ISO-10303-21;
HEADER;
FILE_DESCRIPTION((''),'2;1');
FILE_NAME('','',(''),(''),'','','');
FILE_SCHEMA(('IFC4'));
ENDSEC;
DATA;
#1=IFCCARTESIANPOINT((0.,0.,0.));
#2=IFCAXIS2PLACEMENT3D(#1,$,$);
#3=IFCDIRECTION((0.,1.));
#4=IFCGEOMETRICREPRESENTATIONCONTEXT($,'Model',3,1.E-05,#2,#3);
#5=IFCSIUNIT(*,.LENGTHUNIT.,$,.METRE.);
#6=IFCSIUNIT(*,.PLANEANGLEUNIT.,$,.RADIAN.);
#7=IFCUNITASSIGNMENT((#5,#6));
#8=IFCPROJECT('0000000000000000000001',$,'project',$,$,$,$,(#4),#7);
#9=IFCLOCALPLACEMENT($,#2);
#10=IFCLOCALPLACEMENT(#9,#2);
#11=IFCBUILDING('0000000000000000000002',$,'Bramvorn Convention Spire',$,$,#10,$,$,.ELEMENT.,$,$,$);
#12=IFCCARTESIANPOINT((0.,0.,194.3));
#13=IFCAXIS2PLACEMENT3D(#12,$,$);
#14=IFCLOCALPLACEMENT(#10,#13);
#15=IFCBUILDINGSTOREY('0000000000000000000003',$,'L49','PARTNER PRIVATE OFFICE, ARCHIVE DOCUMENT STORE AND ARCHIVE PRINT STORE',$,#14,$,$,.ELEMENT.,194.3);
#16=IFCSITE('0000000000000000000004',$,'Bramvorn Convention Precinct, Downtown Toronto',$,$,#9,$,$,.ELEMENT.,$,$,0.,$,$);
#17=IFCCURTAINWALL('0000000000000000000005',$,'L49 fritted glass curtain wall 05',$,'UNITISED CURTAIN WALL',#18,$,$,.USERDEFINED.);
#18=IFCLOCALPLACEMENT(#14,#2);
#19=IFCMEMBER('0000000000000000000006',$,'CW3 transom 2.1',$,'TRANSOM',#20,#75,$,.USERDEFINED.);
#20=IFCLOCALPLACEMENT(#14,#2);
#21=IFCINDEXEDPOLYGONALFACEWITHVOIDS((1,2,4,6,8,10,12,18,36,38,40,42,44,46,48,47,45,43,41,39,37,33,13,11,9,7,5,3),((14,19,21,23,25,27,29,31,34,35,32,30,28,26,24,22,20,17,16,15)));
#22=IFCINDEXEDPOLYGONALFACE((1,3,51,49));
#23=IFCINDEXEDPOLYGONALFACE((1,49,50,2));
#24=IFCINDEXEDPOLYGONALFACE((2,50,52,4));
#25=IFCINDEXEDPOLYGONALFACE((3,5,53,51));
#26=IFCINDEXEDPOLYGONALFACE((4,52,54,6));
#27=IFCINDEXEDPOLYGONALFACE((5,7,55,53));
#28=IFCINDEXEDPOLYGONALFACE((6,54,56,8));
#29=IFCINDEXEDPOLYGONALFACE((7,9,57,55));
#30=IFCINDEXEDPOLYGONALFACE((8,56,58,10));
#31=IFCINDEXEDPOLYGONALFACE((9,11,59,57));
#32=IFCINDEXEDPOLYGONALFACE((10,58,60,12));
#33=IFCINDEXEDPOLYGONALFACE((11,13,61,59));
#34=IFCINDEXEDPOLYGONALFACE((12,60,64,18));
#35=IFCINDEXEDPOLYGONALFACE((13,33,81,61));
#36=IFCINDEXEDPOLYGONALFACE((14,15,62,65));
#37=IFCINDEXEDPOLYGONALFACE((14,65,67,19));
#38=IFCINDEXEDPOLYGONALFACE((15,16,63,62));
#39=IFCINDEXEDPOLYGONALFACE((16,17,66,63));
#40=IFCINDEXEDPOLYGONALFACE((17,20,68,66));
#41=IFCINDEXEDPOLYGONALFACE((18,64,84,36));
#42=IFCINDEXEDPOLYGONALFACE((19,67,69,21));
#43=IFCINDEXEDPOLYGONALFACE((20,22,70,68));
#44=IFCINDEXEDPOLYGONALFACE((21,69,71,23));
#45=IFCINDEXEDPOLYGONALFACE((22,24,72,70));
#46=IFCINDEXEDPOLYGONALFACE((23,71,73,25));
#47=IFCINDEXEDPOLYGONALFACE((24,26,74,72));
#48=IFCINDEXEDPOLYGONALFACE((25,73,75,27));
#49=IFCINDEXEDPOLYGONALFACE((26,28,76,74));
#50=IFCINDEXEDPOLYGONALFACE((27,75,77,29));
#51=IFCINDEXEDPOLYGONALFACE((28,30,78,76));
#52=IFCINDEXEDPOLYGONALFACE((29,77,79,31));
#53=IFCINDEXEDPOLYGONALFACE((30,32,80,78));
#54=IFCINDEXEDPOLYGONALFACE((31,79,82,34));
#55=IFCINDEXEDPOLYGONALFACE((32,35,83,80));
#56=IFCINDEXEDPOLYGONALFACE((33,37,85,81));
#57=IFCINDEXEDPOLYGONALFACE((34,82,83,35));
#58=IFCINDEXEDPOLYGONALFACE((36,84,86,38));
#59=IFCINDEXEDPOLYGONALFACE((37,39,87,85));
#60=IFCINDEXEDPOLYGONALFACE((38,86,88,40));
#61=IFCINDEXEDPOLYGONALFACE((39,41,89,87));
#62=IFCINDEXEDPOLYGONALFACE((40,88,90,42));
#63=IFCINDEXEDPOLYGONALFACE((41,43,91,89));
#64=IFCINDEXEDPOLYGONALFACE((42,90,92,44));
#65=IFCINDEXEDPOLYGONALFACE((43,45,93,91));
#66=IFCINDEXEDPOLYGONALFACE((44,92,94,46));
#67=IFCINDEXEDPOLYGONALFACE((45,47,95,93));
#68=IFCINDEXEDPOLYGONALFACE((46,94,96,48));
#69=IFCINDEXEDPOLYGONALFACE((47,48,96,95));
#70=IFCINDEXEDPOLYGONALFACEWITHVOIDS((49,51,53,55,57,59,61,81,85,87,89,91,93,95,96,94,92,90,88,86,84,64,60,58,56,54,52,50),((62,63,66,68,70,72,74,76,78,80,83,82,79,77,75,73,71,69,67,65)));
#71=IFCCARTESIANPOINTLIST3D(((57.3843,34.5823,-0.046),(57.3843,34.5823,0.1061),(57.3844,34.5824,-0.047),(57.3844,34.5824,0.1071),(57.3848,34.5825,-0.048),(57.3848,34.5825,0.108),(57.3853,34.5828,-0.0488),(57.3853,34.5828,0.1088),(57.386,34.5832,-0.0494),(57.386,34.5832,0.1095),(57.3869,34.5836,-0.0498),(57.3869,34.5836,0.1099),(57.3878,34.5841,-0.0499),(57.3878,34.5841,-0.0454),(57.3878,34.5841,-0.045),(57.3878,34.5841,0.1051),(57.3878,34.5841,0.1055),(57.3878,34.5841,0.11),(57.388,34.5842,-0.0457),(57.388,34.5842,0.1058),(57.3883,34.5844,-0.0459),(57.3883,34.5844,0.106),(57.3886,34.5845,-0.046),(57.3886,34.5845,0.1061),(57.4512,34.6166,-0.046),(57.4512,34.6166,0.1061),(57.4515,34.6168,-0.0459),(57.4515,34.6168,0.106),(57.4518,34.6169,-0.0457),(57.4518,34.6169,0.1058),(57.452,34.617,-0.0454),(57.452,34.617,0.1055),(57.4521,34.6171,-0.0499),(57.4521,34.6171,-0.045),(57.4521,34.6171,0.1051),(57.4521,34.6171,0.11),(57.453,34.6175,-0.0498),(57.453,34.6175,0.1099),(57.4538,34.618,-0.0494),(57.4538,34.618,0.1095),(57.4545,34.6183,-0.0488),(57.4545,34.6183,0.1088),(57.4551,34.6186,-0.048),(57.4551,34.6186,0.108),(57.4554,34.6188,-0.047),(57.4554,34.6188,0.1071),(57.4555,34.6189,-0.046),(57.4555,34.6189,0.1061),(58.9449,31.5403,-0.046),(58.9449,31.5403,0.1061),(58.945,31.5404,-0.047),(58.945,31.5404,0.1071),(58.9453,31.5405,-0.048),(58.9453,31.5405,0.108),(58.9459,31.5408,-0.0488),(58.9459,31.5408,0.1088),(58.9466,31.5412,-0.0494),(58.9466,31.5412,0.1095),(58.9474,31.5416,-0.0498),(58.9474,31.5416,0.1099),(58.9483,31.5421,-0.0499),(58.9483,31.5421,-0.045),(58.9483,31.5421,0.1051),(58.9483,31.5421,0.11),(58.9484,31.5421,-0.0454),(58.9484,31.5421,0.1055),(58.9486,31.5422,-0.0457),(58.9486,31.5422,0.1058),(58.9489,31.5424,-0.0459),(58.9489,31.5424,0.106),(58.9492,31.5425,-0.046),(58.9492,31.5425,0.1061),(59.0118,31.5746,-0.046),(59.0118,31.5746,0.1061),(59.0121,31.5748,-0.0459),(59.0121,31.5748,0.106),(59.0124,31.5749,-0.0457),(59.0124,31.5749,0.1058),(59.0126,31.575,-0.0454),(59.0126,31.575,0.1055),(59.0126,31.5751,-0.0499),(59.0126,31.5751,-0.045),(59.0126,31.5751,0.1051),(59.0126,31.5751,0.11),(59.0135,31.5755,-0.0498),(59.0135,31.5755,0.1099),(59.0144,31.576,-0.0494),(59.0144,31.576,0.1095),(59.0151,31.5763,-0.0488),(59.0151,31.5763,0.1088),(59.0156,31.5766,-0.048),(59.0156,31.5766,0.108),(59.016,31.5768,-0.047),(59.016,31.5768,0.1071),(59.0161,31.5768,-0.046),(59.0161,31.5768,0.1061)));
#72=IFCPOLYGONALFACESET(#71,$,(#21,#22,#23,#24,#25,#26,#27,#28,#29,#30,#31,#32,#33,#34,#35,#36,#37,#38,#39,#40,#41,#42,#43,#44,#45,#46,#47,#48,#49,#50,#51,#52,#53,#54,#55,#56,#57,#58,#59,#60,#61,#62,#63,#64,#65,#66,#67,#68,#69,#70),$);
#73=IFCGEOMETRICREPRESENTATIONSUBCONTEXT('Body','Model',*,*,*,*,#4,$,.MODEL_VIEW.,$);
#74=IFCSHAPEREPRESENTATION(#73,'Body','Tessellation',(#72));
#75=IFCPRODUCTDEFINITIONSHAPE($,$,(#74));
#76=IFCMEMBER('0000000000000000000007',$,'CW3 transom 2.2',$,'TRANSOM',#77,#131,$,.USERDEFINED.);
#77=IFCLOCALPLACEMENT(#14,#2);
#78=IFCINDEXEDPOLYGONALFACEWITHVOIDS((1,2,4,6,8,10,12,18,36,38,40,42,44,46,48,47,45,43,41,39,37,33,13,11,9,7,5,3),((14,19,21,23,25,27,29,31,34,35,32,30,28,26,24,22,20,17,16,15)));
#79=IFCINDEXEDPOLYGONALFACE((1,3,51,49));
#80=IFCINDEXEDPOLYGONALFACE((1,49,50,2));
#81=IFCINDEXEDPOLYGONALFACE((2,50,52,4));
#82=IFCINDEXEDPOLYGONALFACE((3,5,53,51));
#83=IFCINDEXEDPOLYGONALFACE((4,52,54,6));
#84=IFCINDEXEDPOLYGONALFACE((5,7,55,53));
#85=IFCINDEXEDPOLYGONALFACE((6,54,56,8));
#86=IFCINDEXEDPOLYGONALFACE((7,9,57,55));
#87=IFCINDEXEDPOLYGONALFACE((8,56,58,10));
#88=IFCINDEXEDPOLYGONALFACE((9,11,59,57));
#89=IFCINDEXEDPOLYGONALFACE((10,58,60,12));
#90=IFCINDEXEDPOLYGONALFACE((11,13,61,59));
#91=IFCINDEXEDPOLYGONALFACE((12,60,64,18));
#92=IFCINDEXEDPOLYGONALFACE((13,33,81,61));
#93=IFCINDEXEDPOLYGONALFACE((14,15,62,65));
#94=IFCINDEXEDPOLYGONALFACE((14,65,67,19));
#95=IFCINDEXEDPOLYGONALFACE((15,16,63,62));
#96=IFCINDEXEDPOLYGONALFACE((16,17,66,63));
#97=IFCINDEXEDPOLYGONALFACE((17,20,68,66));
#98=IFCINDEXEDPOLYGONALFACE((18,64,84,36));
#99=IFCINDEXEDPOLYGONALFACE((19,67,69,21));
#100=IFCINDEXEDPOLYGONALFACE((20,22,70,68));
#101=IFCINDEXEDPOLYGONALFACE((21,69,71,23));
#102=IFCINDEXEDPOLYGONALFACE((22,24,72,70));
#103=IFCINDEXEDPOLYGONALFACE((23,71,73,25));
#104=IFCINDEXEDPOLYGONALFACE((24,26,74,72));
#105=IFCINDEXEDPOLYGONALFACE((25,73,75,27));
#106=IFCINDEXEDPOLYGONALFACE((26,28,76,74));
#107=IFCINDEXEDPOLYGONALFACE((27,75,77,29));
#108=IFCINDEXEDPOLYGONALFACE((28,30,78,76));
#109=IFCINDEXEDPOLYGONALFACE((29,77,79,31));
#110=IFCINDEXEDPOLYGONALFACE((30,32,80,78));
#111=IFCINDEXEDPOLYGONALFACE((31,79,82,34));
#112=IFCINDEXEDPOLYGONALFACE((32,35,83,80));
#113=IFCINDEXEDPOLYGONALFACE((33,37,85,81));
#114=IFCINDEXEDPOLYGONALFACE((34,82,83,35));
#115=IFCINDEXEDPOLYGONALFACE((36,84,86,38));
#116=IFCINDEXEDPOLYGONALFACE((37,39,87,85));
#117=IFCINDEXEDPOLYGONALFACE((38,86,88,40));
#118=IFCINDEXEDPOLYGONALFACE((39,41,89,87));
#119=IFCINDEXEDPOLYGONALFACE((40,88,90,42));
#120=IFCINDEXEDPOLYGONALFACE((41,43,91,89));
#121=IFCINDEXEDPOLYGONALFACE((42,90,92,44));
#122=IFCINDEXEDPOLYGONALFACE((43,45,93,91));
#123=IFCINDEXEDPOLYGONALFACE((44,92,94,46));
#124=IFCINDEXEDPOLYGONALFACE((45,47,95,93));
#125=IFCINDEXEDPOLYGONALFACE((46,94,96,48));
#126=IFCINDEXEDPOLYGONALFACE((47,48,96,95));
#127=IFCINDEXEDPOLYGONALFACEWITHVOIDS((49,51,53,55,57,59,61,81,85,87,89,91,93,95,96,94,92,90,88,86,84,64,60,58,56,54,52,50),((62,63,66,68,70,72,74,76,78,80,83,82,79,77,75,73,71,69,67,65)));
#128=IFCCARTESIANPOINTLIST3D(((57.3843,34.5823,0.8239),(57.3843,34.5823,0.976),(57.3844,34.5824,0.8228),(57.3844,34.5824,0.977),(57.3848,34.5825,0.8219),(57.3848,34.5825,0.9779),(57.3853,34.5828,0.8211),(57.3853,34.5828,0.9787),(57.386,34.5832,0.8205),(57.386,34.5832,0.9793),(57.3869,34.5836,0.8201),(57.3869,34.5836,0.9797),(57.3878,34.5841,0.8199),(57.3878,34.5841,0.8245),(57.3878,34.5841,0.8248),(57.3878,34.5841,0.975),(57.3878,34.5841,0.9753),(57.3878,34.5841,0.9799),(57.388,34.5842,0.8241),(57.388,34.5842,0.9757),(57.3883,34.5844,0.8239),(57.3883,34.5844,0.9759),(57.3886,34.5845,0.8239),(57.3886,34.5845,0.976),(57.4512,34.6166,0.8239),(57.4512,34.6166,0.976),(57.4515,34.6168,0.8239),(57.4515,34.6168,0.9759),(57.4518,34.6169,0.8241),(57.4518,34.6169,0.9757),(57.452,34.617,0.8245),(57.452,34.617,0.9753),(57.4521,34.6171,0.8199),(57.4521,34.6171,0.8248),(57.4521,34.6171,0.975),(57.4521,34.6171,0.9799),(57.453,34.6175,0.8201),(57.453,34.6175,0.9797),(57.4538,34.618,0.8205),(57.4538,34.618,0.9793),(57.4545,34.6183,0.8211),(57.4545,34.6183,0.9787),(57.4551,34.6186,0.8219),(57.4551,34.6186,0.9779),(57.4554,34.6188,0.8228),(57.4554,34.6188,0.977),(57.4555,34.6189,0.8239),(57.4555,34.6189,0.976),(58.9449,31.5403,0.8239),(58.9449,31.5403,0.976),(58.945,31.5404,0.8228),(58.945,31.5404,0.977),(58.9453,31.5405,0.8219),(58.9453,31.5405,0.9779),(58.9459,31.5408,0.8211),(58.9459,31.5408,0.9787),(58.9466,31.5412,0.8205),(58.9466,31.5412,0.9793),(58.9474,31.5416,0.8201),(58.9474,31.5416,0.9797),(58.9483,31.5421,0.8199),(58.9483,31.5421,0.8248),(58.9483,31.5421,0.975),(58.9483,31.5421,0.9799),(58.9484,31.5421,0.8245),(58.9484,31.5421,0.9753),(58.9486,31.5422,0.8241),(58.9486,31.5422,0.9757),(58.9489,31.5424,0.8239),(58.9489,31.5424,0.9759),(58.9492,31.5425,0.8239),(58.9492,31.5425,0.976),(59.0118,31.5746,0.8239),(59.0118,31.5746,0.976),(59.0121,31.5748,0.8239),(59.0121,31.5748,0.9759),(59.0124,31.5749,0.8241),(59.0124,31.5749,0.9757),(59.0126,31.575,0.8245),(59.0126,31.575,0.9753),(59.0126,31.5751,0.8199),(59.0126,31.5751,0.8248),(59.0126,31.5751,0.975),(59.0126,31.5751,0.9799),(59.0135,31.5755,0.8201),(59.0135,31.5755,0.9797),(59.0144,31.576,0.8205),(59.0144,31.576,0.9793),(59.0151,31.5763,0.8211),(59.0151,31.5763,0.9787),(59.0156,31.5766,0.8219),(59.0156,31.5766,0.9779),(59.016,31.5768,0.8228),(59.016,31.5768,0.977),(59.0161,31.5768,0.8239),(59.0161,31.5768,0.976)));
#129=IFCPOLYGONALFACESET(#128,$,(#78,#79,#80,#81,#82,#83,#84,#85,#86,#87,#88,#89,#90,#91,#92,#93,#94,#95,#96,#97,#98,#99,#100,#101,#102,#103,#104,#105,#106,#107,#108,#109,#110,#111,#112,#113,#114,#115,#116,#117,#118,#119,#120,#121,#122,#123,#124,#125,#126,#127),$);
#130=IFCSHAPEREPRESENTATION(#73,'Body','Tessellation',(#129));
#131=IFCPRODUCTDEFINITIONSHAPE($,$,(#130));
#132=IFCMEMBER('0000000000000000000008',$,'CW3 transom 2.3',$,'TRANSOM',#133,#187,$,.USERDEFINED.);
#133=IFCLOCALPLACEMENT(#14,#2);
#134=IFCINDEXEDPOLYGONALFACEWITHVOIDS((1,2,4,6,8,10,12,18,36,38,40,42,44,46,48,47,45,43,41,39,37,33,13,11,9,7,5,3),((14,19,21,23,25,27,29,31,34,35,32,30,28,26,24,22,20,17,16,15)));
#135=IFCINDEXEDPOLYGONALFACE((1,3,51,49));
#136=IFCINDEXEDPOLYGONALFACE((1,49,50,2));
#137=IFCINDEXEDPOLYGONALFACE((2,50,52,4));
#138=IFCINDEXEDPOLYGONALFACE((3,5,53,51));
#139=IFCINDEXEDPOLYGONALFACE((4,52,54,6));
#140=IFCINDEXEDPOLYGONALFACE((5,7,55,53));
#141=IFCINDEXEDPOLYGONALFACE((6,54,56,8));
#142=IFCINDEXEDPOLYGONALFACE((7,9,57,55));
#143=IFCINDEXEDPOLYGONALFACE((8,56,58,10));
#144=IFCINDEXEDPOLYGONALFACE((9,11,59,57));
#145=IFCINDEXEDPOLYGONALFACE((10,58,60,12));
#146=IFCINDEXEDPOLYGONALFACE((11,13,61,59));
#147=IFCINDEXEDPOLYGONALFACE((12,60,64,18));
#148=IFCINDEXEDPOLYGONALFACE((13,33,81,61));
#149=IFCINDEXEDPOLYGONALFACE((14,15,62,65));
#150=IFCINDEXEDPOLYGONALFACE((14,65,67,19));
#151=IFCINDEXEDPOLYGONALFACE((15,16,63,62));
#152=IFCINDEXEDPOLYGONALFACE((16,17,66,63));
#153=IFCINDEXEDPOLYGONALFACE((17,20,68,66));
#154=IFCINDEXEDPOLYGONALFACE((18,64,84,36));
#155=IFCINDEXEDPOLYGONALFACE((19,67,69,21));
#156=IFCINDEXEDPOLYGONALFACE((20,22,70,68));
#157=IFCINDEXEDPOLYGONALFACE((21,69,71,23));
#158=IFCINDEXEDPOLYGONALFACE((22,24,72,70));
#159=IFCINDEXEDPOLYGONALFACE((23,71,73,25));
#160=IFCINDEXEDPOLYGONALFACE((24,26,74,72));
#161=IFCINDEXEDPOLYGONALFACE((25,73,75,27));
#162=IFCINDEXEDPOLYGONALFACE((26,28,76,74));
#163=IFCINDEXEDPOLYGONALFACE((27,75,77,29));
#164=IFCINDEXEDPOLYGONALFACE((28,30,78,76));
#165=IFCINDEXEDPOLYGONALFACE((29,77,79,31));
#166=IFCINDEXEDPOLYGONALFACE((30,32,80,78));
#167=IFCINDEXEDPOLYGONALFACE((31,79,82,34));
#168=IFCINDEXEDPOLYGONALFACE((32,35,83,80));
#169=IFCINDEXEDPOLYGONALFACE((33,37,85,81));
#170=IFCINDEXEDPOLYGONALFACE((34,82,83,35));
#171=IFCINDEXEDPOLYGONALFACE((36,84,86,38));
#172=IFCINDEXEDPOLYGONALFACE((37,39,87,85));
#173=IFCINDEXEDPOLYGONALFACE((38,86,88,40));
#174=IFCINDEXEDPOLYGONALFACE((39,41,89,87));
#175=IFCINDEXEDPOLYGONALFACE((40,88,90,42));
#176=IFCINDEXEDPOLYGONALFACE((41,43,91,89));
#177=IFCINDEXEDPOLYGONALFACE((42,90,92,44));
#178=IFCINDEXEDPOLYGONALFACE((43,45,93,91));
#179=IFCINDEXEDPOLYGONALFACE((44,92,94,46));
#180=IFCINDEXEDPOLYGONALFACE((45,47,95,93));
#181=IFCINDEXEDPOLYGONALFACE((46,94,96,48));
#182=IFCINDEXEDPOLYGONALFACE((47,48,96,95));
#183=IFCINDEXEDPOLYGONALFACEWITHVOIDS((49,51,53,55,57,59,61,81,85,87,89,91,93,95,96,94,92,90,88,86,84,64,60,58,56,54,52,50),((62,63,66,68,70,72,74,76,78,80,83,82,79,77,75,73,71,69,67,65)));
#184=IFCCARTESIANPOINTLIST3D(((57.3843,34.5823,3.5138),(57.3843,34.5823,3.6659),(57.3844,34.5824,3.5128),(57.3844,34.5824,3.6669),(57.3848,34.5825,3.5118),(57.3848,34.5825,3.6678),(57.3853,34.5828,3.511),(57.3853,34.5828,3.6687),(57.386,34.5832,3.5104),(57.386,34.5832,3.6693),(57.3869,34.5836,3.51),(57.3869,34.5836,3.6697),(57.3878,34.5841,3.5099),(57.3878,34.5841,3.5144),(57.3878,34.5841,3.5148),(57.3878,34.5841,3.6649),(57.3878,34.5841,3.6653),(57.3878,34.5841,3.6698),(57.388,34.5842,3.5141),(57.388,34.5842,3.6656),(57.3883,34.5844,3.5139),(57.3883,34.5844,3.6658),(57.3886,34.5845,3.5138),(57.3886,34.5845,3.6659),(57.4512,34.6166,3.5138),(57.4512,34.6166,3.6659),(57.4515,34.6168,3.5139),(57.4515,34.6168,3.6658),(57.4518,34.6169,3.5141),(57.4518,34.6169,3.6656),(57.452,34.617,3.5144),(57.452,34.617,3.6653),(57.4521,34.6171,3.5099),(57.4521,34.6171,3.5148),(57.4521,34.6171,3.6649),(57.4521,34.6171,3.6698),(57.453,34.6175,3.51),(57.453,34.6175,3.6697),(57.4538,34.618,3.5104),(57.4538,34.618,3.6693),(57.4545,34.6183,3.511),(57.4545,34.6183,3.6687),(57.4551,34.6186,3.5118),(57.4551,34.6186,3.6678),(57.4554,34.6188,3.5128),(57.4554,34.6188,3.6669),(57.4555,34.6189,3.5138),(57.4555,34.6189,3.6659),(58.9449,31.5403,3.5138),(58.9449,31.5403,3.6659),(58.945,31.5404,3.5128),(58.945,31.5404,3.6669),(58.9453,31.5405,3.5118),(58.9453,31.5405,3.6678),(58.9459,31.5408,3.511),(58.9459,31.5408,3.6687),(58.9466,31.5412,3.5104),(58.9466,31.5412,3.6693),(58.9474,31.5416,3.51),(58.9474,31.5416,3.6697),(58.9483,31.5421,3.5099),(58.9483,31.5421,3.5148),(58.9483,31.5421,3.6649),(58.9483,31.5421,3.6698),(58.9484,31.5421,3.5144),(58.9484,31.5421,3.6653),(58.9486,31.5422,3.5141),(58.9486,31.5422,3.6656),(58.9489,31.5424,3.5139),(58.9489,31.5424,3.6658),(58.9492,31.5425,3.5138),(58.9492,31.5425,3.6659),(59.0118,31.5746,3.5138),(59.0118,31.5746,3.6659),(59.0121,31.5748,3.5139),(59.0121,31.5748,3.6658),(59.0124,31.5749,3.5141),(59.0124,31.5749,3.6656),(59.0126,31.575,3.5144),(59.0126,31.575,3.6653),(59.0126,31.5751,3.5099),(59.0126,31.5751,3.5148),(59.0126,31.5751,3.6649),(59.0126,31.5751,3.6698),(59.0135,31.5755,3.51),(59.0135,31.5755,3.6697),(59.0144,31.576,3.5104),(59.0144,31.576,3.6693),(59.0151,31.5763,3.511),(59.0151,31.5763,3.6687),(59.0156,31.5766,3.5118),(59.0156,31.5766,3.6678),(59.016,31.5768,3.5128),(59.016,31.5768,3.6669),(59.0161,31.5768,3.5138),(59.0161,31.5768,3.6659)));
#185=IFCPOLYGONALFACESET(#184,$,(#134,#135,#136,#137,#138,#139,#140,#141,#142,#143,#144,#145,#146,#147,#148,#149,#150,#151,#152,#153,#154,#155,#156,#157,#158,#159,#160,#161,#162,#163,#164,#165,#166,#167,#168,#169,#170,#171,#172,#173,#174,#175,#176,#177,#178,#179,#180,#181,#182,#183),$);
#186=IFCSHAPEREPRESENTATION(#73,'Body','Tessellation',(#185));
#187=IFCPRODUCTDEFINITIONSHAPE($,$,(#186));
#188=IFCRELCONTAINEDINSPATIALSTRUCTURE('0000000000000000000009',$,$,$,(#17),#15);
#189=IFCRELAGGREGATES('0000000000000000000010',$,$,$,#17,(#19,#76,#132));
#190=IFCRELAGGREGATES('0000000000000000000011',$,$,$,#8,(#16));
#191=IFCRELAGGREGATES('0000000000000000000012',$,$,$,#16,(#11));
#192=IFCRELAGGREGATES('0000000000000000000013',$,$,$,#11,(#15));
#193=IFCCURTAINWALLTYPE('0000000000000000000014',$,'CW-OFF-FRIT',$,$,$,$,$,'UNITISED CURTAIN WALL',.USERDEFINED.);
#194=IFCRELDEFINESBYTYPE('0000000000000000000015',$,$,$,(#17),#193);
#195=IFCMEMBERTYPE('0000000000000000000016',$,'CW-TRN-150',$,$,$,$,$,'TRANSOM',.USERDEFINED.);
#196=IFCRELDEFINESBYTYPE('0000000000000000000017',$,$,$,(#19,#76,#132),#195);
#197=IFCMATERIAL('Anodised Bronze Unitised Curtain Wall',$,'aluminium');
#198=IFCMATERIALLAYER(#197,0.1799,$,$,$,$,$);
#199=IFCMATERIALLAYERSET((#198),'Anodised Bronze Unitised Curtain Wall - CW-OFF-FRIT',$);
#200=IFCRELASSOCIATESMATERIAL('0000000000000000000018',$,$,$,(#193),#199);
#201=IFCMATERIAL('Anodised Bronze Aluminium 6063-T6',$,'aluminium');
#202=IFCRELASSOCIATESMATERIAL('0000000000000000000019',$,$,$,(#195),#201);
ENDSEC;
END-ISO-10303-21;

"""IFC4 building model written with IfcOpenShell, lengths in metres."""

from ifc_helpers import new_model, si_unit, direction, frame, origin, origin_2d, place, context, subcontext, project, spatial, hollow_rectangle, extrude, material, layer, layer_set, material_profile, profile_set, type_object, element, aggregate, save


model = new_model("IFC4")

# Units and contexts
model_context = context("Model", 3, precision=1e-05, world=origin(), true_north=direction((0.0, 1.0)))
body_context = subcontext(model_context, "Body", "Model", "MODEL_VIEW")
ifc_project = project(units=[si_unit("LENGTHUNIT", "METRE"), si_unit("PLANEANGLEUNIT", "RADIAN")], contexts=[model_context])

# Site, building, storey
site_placement = place(None, origin())
site = spatial("IfcSite", under=ifc_project, at=site_placement, Name="Bramvorn Convention Precinct, Downtown Toronto", CompositionType="ELEMENT", RefElevation=0.0)
building_placement = place(site_placement, origin())
building = spatial("IfcBuilding", under=site, at=building_placement, Name="Bramvorn Convention Spire", CompositionType="ELEMENT")
storey_placement = place(building_placement, frame((0.0, 0.0, 194.3)))
storey = spatial("IfcBuildingStorey", under=building, at=storey_placement, Name="L49", Description="PARTNER PRIVATE OFFICE, ARCHIVE DOCUMENT STORE AND ARCHIVE PRINT STORE", CompositionType="ELEMENT", Elevation=194.3)

# Curtain wall
ifc_material_1 = material(Name="Anodised Bronze Unitised Curtain Wall", Category="aluminium")
ifc_layer_1 = layer(ifc_material_1, 0.1799)
ifc_layer_set_1 = layer_set([ifc_layer_1], Name="Anodised Bronze Unitised Curtain Wall - CW-OFF-FRIT")
curtain_wall_type = type_object("IfcCurtainWallType", Name="CW-OFF-FRIT", ElementType="UNITISED CURTAIN WALL", PredefinedType="USERDEFINED", material=ifc_layer_set_1)
ifc_material_2 = material(Name="Anodised Bronze Aluminium 6063-T6", Category="aluminium")
curtain_wall_1_placement = place(storey_placement, origin())
curtain_wall_1 = element("IfcCurtainWall", 1, at=curtain_wall_1_placement, inside=storey, type_object=curtain_wall_type, Name="L49 fritted glass curtain wall 05", ObjectType="UNITISED CURTAIN WALL", PredefinedType="USERDEFINED")

# Members
ifc_material_profile_1 = material_profile(ifc_material_2, hollow_rectangle(XDim=0.0801, YDim=0.1599, WallThickness=0.0039, InnerFilletRadius=0.001, OuterFilletRadius=0.0039, at=origin_2d()))
ifc_profile_set_1 = profile_set([ifc_material_profile_1], Name="Anodised Bronze Aluminium 6063-T6 - CWT80X160")
member_type_1 = type_object("IfcMemberType", Name="CW-TRN-150", ElementType="TRANSOM", PredefinedType="USERDEFINED", material=ifc_profile_set_1)
member_1_placement = place(storey_placement, frame((57.4199, 34.6006, 0.03), z_axis=(0.456444, -0.889752, 0.0), x_axis=(0.889752, 0.456444, 0.0)))
member_1 = element("IfcMember", 2, at=member_1_placement, type_object=member_type_1, Name="CW3 transom 2.1", ObjectType="TRANSOM", PredefinedType="USERDEFINED", context=body_context, shape_type="SweptSolid", body=[
    extrude(hollow_rectangle(XDim=0.0801, YDim=0.1599, WallThickness=0.0039, InnerFilletRadius=0.001, OuterFilletRadius=0.0039, at=origin_2d()), origin(), (0.0, 0.0, 1.0), 3.4189),
])
member_2_placement = place(storey_placement, frame((57.4199, 34.6006, 0.8999), z_axis=(0.456444, -0.889752, 0.0), x_axis=(0.889752, 0.456444, 0.0)))
member_2 = element("IfcMember", 3, at=member_2_placement, type_object=member_type_1, Name="CW3 transom 2.2", ObjectType="TRANSOM", PredefinedType="USERDEFINED", context=body_context, shape_type="SweptSolid", body=[
    extrude(hollow_rectangle(XDim=0.0801, YDim=0.1599, WallThickness=0.0039, InnerFilletRadius=0.001, OuterFilletRadius=0.0039, at=origin_2d()), origin(), (0.0, 0.0, 1.0), 3.4189),
])
member_3_placement = place(storey_placement, frame((57.4199, 34.6006, 3.5898), z_axis=(0.456444, -0.889752, 0.0), x_axis=(0.889752, 0.456444, 0.0)))
member_3 = element("IfcMember", 4, at=member_3_placement, type_object=member_type_1, Name="CW3 transom 2.3", ObjectType="TRANSOM", PredefinedType="USERDEFINED", context=body_context, shape_type="SweptSolid", body=[
    extrude(hollow_rectangle(XDim=0.0801, YDim=0.1599, WallThickness=0.0039, InnerFilletRadius=0.001, OuterFilletRadius=0.0039, at=origin_2d()), origin(), (0.0, 0.0, 1.0), 3.4189),
])

aggregate(curtain_wall_1, [member_1, member_2, member_3])

save(model, "model.ifc")
